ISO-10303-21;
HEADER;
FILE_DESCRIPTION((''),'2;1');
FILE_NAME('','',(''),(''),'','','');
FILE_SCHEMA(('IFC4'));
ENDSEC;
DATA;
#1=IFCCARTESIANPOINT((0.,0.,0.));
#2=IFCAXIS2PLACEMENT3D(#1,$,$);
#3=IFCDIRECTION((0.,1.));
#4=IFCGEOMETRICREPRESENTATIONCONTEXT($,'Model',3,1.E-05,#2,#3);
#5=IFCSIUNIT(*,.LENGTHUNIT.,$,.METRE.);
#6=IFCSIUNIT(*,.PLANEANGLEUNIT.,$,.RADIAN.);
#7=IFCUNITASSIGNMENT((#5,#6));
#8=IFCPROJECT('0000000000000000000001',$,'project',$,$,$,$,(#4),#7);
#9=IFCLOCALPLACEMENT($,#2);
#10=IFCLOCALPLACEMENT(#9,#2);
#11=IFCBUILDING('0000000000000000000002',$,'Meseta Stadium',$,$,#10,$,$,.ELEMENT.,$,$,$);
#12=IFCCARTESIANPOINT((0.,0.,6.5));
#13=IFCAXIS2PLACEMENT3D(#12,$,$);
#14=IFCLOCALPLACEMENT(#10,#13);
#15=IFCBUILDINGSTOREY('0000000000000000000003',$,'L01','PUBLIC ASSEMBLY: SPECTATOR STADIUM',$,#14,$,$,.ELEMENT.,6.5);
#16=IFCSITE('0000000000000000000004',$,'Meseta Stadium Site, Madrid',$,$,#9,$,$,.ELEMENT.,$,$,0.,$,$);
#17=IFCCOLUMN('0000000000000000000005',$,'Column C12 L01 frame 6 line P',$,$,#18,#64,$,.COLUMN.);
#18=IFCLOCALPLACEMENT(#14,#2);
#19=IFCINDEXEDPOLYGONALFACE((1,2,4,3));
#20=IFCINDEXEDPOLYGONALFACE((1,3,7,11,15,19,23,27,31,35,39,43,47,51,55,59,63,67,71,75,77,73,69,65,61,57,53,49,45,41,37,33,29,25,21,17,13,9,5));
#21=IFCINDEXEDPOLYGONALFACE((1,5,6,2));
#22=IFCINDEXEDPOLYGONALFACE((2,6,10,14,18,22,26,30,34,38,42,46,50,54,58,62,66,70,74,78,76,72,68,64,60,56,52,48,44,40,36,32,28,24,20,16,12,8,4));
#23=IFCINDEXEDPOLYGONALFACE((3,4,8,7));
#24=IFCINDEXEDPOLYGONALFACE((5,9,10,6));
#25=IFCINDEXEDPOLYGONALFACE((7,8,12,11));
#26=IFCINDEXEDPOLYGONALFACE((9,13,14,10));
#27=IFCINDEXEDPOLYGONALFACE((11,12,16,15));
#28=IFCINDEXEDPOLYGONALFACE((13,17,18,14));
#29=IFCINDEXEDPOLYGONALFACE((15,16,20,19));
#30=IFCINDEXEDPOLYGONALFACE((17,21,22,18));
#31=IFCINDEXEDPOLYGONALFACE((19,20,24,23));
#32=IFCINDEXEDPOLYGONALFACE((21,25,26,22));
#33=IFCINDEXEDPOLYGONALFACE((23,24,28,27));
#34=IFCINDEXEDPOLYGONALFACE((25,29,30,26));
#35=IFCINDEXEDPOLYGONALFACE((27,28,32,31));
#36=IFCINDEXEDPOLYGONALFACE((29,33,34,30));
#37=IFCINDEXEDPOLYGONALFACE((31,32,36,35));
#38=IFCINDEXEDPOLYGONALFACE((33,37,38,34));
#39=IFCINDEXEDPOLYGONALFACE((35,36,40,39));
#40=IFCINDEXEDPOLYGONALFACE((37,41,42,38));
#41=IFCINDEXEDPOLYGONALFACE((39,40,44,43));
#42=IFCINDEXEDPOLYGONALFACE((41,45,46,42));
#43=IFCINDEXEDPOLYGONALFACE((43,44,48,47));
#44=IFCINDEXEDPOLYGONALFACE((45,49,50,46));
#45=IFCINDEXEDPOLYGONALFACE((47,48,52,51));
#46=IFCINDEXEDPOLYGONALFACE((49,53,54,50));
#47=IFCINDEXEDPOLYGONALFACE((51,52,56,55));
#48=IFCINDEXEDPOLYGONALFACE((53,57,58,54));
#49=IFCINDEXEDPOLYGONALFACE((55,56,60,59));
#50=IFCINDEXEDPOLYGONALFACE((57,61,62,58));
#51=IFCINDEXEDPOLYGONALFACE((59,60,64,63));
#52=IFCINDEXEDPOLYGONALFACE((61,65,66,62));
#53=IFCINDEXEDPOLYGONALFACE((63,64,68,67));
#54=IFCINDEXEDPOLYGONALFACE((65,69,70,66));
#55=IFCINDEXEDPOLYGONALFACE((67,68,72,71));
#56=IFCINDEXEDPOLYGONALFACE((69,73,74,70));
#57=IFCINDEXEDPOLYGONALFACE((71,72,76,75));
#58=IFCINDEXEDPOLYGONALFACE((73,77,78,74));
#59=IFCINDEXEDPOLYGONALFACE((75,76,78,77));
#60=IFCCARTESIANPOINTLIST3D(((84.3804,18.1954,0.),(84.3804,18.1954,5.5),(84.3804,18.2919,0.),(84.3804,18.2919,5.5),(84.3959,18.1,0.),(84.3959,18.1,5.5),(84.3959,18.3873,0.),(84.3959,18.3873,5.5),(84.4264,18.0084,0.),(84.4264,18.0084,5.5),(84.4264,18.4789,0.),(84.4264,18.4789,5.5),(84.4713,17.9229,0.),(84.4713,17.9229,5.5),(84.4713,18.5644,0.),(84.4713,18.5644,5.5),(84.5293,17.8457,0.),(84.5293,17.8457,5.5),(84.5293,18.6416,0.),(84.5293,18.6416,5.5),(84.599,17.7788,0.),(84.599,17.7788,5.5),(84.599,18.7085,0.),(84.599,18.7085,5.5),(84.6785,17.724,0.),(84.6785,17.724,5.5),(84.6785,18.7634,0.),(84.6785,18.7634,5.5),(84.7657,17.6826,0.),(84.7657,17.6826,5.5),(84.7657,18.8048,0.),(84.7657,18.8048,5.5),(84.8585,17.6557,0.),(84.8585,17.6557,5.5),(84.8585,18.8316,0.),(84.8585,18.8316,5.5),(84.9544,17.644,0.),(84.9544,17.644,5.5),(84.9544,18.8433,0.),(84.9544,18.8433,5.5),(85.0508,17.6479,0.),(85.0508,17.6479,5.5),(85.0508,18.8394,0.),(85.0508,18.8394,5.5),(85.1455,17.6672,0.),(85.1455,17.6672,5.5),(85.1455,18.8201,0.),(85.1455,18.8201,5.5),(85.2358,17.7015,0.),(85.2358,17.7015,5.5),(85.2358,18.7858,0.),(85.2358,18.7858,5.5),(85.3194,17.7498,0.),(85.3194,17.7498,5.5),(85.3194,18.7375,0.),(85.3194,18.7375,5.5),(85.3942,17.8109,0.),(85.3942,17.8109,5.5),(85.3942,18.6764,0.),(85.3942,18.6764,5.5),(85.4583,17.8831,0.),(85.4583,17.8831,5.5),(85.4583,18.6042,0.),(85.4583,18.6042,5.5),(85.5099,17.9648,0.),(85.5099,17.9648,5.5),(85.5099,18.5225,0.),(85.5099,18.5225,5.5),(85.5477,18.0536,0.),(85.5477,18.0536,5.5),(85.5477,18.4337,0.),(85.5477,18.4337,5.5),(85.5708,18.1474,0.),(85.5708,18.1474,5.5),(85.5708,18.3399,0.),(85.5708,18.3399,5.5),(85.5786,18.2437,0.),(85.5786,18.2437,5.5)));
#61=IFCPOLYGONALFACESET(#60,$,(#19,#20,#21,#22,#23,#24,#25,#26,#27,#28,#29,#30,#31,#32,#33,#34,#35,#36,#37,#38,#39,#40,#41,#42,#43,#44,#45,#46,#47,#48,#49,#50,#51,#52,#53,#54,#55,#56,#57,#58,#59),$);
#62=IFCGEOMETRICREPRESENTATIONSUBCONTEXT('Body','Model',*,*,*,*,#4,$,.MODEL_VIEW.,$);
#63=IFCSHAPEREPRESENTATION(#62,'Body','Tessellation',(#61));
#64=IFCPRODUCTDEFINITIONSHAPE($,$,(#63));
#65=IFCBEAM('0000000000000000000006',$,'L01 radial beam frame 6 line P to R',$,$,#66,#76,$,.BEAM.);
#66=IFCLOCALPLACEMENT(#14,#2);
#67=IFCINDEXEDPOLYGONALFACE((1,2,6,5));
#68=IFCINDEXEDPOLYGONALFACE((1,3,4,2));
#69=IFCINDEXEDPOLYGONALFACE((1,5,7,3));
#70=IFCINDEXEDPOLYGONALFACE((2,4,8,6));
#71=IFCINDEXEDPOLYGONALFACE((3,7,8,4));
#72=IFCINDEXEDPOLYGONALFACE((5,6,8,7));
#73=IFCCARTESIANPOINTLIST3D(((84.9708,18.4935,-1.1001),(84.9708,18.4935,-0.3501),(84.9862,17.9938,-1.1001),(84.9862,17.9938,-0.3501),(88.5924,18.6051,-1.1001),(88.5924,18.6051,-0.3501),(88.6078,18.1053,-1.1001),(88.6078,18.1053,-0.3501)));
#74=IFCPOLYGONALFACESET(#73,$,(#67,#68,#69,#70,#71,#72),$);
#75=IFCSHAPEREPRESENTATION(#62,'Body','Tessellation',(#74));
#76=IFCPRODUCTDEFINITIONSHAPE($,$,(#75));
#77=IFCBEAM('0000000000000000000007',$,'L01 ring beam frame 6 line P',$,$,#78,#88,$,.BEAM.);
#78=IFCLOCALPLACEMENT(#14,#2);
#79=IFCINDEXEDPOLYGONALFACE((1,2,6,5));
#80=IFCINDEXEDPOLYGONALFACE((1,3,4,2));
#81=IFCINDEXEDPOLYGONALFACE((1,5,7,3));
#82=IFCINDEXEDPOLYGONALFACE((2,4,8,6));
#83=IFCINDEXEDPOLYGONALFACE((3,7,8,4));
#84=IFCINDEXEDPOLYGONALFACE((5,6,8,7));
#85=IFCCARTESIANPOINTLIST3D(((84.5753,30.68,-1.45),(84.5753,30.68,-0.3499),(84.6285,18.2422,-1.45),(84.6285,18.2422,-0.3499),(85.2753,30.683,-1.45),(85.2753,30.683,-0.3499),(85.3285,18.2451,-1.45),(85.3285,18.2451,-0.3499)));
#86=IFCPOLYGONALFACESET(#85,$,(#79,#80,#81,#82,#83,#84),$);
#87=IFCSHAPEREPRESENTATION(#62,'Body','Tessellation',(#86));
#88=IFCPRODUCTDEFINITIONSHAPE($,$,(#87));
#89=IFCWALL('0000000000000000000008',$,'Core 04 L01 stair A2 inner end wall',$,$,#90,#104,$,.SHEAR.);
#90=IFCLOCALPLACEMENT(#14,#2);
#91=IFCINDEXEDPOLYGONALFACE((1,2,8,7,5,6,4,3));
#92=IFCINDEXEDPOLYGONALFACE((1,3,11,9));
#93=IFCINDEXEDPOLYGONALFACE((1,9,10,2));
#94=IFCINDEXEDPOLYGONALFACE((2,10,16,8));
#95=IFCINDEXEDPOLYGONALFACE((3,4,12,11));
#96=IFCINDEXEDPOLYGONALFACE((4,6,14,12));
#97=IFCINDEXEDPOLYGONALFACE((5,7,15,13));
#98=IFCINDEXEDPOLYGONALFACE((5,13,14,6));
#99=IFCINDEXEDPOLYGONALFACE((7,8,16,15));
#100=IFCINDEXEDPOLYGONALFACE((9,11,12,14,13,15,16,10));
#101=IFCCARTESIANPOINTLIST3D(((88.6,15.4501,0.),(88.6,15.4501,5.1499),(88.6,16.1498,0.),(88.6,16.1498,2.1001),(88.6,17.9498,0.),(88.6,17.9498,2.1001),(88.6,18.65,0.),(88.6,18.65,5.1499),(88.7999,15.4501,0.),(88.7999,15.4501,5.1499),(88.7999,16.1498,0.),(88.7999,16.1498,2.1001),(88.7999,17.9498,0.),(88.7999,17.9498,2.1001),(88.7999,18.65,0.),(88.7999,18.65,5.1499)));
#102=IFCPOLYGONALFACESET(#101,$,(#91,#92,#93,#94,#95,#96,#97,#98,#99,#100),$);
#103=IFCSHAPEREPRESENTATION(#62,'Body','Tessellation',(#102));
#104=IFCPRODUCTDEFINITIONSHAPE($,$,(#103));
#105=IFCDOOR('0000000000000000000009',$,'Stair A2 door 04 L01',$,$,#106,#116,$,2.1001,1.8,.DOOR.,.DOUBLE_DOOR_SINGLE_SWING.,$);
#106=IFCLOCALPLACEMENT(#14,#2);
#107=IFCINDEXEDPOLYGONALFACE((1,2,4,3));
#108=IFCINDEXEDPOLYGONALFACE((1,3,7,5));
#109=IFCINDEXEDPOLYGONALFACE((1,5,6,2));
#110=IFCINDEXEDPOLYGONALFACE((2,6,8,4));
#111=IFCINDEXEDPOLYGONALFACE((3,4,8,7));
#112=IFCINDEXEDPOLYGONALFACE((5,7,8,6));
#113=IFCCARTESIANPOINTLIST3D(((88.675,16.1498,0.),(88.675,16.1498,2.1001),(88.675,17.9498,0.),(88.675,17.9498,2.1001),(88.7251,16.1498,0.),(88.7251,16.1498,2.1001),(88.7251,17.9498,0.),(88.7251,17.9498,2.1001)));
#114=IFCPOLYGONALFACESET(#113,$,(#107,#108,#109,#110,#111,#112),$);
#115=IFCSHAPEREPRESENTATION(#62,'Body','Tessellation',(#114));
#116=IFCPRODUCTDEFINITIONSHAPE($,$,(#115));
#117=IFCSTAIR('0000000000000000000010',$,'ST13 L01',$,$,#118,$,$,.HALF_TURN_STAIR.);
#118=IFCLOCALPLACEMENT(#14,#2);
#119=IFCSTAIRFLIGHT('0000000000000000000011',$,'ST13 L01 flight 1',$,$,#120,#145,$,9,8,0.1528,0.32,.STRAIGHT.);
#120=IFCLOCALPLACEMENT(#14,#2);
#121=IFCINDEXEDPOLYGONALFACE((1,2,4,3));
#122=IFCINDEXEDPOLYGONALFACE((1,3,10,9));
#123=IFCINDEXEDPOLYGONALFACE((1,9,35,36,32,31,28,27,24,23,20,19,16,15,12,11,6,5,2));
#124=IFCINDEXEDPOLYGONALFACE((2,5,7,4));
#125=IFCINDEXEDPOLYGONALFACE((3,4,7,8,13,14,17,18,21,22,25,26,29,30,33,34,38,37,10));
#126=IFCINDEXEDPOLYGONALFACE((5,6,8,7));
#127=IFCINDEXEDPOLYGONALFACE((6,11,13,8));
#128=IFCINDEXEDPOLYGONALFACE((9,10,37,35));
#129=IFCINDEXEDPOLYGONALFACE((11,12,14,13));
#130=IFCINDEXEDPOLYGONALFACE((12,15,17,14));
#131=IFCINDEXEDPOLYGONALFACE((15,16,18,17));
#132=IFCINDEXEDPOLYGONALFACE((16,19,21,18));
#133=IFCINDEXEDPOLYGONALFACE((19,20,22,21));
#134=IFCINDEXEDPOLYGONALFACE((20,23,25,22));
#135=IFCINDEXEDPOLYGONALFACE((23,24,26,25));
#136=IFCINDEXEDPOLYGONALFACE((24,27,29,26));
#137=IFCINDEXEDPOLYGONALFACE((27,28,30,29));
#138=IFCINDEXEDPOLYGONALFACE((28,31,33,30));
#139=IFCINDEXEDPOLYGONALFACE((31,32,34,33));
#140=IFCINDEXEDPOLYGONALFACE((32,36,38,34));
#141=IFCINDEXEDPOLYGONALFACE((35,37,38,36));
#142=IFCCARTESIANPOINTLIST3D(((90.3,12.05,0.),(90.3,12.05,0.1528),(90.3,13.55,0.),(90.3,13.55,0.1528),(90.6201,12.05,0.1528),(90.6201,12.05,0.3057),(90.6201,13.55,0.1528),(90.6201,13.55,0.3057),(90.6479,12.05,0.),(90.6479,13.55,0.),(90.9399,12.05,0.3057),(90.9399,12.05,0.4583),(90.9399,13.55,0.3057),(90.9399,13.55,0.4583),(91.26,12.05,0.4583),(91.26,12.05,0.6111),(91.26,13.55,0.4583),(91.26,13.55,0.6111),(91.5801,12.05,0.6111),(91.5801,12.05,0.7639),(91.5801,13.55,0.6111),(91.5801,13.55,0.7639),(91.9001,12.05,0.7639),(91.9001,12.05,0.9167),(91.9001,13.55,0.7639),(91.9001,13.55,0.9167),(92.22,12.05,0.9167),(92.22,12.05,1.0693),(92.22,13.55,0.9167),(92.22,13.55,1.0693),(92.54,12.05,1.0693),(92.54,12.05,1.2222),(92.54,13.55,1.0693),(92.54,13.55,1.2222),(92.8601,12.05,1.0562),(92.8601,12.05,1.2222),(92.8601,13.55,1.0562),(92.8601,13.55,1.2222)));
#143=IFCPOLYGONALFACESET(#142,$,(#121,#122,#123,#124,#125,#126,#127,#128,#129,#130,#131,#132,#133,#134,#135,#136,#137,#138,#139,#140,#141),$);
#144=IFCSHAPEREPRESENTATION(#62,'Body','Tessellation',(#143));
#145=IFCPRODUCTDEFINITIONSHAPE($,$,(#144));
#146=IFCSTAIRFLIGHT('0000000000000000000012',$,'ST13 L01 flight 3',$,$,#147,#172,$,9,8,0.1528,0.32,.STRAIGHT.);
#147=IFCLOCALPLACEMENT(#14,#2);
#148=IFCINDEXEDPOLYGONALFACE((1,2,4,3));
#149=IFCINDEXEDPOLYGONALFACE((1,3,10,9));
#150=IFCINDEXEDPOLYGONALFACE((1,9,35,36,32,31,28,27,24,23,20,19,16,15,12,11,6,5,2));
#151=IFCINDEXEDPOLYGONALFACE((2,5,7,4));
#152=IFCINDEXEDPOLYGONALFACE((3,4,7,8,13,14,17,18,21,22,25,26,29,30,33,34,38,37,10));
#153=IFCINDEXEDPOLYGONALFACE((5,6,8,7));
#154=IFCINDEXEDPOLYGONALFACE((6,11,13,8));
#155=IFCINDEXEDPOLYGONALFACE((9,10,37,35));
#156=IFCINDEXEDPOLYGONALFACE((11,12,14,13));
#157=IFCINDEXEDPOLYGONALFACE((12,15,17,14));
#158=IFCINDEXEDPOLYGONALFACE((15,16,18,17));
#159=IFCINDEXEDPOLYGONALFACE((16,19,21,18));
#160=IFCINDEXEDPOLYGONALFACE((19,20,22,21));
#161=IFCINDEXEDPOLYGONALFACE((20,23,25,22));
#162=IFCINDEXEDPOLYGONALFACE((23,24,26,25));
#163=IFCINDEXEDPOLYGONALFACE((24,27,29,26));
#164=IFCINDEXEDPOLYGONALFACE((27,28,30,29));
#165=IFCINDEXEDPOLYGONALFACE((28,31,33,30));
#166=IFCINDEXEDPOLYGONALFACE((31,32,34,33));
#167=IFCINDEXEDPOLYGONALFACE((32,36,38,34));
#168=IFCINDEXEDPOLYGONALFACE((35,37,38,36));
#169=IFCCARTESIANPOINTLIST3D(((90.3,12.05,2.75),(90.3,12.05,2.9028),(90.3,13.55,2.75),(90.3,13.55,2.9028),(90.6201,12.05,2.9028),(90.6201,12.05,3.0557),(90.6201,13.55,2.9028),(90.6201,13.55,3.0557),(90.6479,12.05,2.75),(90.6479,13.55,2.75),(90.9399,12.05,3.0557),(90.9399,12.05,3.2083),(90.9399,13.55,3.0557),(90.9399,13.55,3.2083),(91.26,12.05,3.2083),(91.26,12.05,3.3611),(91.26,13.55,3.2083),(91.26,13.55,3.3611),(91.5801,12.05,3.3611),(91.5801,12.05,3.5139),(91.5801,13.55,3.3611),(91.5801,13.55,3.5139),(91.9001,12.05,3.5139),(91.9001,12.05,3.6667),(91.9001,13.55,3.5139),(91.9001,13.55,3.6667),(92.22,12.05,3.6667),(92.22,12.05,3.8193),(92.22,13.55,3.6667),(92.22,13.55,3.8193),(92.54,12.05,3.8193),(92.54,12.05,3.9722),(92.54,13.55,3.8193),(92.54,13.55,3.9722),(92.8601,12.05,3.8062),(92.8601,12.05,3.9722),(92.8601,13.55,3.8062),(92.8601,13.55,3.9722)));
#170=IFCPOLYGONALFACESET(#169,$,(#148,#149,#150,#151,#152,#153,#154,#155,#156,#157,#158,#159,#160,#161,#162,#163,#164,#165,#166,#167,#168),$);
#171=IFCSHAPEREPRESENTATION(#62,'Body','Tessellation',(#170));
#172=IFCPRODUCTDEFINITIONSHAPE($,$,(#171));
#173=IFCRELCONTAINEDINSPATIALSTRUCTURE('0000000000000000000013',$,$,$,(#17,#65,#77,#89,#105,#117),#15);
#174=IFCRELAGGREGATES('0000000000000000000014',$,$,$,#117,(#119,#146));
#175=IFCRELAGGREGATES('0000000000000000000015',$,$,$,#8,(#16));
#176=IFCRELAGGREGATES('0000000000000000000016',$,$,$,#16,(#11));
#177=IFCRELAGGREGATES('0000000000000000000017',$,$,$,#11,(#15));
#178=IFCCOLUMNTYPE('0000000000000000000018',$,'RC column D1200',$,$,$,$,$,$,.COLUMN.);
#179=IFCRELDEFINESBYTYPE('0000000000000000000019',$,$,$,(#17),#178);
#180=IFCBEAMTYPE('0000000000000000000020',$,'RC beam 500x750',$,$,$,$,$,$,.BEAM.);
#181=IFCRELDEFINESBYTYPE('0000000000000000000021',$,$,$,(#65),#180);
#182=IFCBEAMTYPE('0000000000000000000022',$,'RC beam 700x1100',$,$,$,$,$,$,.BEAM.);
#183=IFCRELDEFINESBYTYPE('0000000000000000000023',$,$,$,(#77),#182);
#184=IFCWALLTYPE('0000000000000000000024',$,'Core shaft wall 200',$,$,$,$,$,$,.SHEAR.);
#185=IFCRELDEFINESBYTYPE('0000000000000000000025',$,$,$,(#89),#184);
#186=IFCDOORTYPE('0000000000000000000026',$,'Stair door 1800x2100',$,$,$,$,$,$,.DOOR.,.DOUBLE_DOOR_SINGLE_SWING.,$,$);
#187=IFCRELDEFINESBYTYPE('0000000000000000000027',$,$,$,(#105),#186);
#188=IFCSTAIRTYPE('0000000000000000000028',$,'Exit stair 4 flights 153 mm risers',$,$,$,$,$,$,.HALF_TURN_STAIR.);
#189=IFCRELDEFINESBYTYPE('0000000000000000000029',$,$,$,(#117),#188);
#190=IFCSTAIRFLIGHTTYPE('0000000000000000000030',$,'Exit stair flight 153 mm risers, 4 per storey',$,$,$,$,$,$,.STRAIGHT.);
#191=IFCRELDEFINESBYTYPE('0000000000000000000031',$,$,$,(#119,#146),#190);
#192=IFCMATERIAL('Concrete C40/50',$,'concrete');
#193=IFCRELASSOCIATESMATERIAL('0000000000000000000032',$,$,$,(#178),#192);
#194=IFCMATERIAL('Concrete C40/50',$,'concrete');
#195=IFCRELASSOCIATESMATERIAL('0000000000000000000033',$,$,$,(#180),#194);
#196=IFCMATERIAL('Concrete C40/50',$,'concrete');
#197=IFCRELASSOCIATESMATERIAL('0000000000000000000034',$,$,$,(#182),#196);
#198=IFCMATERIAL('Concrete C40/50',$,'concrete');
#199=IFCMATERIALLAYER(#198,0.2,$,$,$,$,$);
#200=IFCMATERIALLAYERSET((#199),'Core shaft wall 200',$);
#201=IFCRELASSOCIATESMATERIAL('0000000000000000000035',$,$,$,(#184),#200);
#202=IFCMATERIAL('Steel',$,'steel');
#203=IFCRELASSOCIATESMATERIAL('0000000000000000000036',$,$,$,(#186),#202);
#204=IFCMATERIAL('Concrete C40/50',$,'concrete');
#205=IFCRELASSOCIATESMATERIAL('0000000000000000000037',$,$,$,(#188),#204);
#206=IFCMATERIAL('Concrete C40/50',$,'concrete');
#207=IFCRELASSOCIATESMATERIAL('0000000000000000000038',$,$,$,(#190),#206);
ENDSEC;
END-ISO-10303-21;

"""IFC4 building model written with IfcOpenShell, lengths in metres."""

from ifc_helpers import new_model, si_unit, direction, frame, frame_2d, origin, origin_2d, place, context, subcontext, project, spatial, polyline, rectangle, circle, outline, extrude, material, layer, layer_set, material_profile, profile_set, type_object, element, fill, aggregate, save


model = new_model("IFC4")

# Units and contexts
model_context = context("Model", 3, precision=1e-05, world=origin(), true_north=direction((0.0, 1.0)))
body_context = subcontext(model_context, "Body", "Model", "MODEL_VIEW")
ifc_project = project(units=[si_unit("LENGTHUNIT", "METRE"), si_unit("PLANEANGLEUNIT", "RADIAN")], contexts=[model_context])

# Site, building, storey
site_placement = place(None, origin())
site = spatial("IfcSite", under=ifc_project, at=site_placement, Name="Meseta Stadium Site, Madrid", CompositionType="ELEMENT", RefElevation=0.0)
building_placement = place(site_placement, origin())
building = spatial("IfcBuilding", under=site, at=building_placement, Name="Meseta Stadium", CompositionType="ELEMENT")
storey_placement = place(building_placement, frame((0.0, 0.0, 6.5)))
storey = spatial("IfcBuildingStorey", under=building, at=storey_placement, Name="L01", Description="PUBLIC ASSEMBLY: SPECTATOR STADIUM", CompositionType="ELEMENT", Elevation=6.5)

# Column
ifc_material_1 = material(Name="Concrete C40/50", Category="concrete")
ifc_material_profile_1 = material_profile(ifc_material_1, circle(Radius=0.6001, at=origin_2d()), Name="RC D1200")
ifc_profile_set_1 = profile_set([ifc_material_profile_1], Name="Concrete C40/50")
column_type = type_object("IfcColumnType", Name="RC column D1200", PredefinedType="COLUMN", material=ifc_profile_set_1)
column_placement = place(storey_placement, frame((84.9785, 18.2437, 0.0), z_axis=(0.0, 0.0, 1.0), x_axis=(1.0, 0.0, 0.0)))
element("IfcColumn", 1, at=column_placement, inside=storey, type_object=column_type, Name="Column C12 L01 frame 6 line P", PredefinedType="COLUMN", context=body_context, shape_type="SweptSolid", body=[
    extrude(circle(Radius=0.6001, at=origin_2d()), origin(), (0.0, 0.0, 1.0), 5.5),
])

# Beams
ifc_material_2 = material(Name="Concrete C40/50", Category="concrete")
ifc_material_profile_2 = material_profile(ifc_material_2, rectangle(XDim=0.5, YDim=0.75, at=origin_2d()), Name="RC 500x750")
ifc_profile_set_2 = profile_set([ifc_material_profile_2], Name="Concrete C40/50")
beam_type_1 = type_object("IfcBeamType", Name="RC beam 500x750", PredefinedType="BEAM", material=ifc_profile_set_2)
beam_1_placement = place(storey_placement, frame((84.9785, 18.2437, -0.7251), z_axis=(0.999526, 0.030793, 0.0), x_axis=(-0.030793, 0.999526, 0.0)))
element("IfcBeam", 2, at=beam_1_placement, inside=storey, type_object=beam_type_1, Name="L01 radial beam frame 6 line P to R", PredefinedType="BEAM", context=body_context, shape_type="SweptSolid", body=[
    extrude(rectangle(XDim=0.5, YDim=0.75, at=origin_2d()), origin(), (0.0, 0.0, 1.0), 3.6233),
])
ifc_material_3 = material(Name="Concrete C40/50", Category="concrete")
ifc_material_profile_3 = material_profile(ifc_material_3, rectangle(XDim=0.7, YDim=1.1001, at=origin_2d()), Name="RC 700x1100")
ifc_profile_set_3 = profile_set([ifc_material_profile_3], Name="Concrete C40/50")
beam_type_2 = type_object("IfcBeamType", Name="RC beam 700x1100", PredefinedType="BEAM", material=ifc_profile_set_3)
beam_2_placement = place(storey_placement, frame((84.9785, 18.2437, -0.8999), z_axis=(-0.004279, 0.999991, 0.0), x_axis=(-0.999991, -0.004279, 0.0)))
element("IfcBeam", 3, at=beam_2_placement, inside=storey, type_object=beam_type_2, Name="L01 ring beam frame 6 line P", PredefinedType="BEAM", context=body_context, shape_type="SweptSolid", body=[
    extrude(rectangle(XDim=0.7, YDim=1.1001, at=origin_2d()), origin(), (0.0, 0.0, 1.0), 12.438),
])

# Wall, opening, door
ifc_material_4 = material(Name="Concrete C40/50", Category="concrete")
ifc_layer = layer(ifc_material_4, 0.2)
ifc_layer_set = layer_set([ifc_layer], Name="Core shaft wall 200")
wall_type = type_object("IfcWallType", Name="Core shaft wall 200", PredefinedType="SHEAR", material=ifc_layer_set)
wall_placement = place(storey_placement, frame((88.7, 15.45, 0.0), z_axis=(0.0, 0.0, 1.0), x_axis=(0.0, 1.0, 0.0)))
wall = element("IfcWall", 4, at=wall_placement, inside=storey, type_object=wall_type, Name="Core 04 L01 stair A2 inner end wall", PredefinedType="SHEAR", context=body_context, shape_type="SweptSolid", body=[
    extrude(rectangle(XDim=3.2, YDim=0.2, at=frame_2d((1.6001, 0.0))), origin(), (0.0, 0.0, 1.0), 5.1499),
])
opening_placement = place(wall_placement, frame((0.7, 0.0, 0.0)))
opening = element("IfcOpeningElement", 5, at=opening_placement, cuts=wall, PredefinedType="OPENING", context=body_context, shape_type="SweptSolid", body=[
    extrude(rectangle(XDim=1.8, YDim=2.1001, at=frame_2d((0.8999, 1.05))), frame((0.0, 0.1099, 0.0), z_axis=(0.0, -1.0, 0.0), x_axis=(1.0, 0.0, 0.0)), (0.0, 0.0, 1.0), 0.22),
])
ifc_material_5 = material(Name="Steel", Category="steel")
door_type = type_object("IfcDoorType", Name="Stair door 1800x2100", OperationType="DOUBLE_DOOR_SINGLE_SWING", PredefinedType="DOOR", material=ifc_material_5)
door_placement = place(opening_placement, origin())
door = element("IfcDoor", 6, at=door_placement, inside=storey, type_object=door_type, Name="Stair A2 door 04 L01", OperationType="DOUBLE_DOOR_SINGLE_SWING", OverallHeight=2.1001, OverallWidth=1.8, PredefinedType="DOOR", context=body_context, shape_type="SweptSolid", body=[
    extrude(rectangle(XDim=1.8, YDim=2.1001, at=frame_2d((0.8999, 1.05))), frame((0.0, 0.0249, 0.0), z_axis=(0.0, -1.0, 0.0), x_axis=(1.0, 0.0, 0.0)), (0.0, 0.0, 1.0), 0.05),
])
fill(opening, door)

# Stair, stair flights
ifc_material_6 = material(Name="Concrete C40/50", Category="concrete")
stair_type = type_object("IfcStairType", Name="Exit stair 4 flights 153 mm risers", PredefinedType="HALF_TURN_STAIR", material=ifc_material_6)
stair_1_placement = place(storey_placement, origin())
stair_1 = element("IfcStair", 7, at=stair_1_placement, inside=storey, type_object=stair_type, Name="ST13 L01", PredefinedType="HALF_TURN_STAIR")
ifc_material_7 = material(Name="Concrete C40/50", Category="concrete")
stair_flight_type = type_object("IfcStairFlightType", Name="Exit stair flight 153 mm risers, 4 per storey", PredefinedType="STRAIGHT", material=ifc_material_7)
stair_flight_1_placement = place(storey_placement, frame((90.3, 12.8, 0.0), z_axis=(0.0, 0.0, 1.0), x_axis=(1.0, 0.0, 0.0)))
stair_flight_1 = element("IfcStairFlight", 8, at=stair_flight_1_placement, type_object=stair_flight_type, Name="ST13 L01 flight 1", NumberOfRisers=9, NumberOfTreads=8, PredefinedType="STRAIGHT", RiserHeight=0.1528, TreadLength=0.32, context=body_context, shape_type="SweptSolid", body=[
    extrude(outline(polyline([(0.0, 0.0), (0.0, 0.1528), (0.3201, 0.1528), (0.3201, 0.3057), (0.6399, 0.3057), (0.6399, 0.4583), (0.96, 0.4583), (0.96, 0.6111), (1.28, 0.6111), (1.28, 0.7639), (1.6001, 0.7639), (1.6001, 0.9167), (1.9199, 0.9167), (1.9199, 1.0693), (2.24, 1.0693), (2.24, 1.2222), (2.5601, 1.2222), (2.5601, 1.0562), (0.3479, 0.0), (0.0, 0.0)])), frame((0.0, 0.75, 0.0), z_axis=(0.0, -1.0, 0.0), x_axis=(1.0, 0.0, 0.0)), (0.0, 0.0, 1.0), 1.5),
])
stair_flight_2_placement = place(storey_placement, frame((90.3, 12.8, 2.75), z_axis=(0.0, 0.0, 1.0), x_axis=(1.0, 0.0, 0.0)))
stair_flight_2 = element("IfcStairFlight", 9, at=stair_flight_2_placement, type_object=stair_flight_type, Name="ST13 L01 flight 3", NumberOfRisers=9, NumberOfTreads=8, PredefinedType="STRAIGHT", RiserHeight=0.1528, TreadLength=0.32, context=body_context, shape_type="SweptSolid", body=[
    extrude(outline(polyline([(0.0, 0.0), (0.0, 0.1528), (0.3201, 0.1528), (0.3201, 0.3057), (0.6399, 0.3057), (0.6399, 0.4583), (0.96, 0.4583), (0.96, 0.6111), (1.28, 0.6111), (1.28, 0.7639), (1.6001, 0.7639), (1.6001, 0.9167), (1.9199, 0.9167), (1.9199, 1.0693), (2.24, 1.0693), (2.24, 1.2222), (2.5601, 1.2222), (2.5601, 1.0562), (0.3479, 0.0), (0.0, 0.0)])), frame((0.0, 0.75, 0.0), z_axis=(0.0, -1.0, 0.0), x_axis=(1.0, 0.0, 0.0)), (0.0, 0.0, 1.0), 1.5),
])
aggregate(stair_1, [stair_flight_1, stair_flight_2])

save(model, "model.ifc")
